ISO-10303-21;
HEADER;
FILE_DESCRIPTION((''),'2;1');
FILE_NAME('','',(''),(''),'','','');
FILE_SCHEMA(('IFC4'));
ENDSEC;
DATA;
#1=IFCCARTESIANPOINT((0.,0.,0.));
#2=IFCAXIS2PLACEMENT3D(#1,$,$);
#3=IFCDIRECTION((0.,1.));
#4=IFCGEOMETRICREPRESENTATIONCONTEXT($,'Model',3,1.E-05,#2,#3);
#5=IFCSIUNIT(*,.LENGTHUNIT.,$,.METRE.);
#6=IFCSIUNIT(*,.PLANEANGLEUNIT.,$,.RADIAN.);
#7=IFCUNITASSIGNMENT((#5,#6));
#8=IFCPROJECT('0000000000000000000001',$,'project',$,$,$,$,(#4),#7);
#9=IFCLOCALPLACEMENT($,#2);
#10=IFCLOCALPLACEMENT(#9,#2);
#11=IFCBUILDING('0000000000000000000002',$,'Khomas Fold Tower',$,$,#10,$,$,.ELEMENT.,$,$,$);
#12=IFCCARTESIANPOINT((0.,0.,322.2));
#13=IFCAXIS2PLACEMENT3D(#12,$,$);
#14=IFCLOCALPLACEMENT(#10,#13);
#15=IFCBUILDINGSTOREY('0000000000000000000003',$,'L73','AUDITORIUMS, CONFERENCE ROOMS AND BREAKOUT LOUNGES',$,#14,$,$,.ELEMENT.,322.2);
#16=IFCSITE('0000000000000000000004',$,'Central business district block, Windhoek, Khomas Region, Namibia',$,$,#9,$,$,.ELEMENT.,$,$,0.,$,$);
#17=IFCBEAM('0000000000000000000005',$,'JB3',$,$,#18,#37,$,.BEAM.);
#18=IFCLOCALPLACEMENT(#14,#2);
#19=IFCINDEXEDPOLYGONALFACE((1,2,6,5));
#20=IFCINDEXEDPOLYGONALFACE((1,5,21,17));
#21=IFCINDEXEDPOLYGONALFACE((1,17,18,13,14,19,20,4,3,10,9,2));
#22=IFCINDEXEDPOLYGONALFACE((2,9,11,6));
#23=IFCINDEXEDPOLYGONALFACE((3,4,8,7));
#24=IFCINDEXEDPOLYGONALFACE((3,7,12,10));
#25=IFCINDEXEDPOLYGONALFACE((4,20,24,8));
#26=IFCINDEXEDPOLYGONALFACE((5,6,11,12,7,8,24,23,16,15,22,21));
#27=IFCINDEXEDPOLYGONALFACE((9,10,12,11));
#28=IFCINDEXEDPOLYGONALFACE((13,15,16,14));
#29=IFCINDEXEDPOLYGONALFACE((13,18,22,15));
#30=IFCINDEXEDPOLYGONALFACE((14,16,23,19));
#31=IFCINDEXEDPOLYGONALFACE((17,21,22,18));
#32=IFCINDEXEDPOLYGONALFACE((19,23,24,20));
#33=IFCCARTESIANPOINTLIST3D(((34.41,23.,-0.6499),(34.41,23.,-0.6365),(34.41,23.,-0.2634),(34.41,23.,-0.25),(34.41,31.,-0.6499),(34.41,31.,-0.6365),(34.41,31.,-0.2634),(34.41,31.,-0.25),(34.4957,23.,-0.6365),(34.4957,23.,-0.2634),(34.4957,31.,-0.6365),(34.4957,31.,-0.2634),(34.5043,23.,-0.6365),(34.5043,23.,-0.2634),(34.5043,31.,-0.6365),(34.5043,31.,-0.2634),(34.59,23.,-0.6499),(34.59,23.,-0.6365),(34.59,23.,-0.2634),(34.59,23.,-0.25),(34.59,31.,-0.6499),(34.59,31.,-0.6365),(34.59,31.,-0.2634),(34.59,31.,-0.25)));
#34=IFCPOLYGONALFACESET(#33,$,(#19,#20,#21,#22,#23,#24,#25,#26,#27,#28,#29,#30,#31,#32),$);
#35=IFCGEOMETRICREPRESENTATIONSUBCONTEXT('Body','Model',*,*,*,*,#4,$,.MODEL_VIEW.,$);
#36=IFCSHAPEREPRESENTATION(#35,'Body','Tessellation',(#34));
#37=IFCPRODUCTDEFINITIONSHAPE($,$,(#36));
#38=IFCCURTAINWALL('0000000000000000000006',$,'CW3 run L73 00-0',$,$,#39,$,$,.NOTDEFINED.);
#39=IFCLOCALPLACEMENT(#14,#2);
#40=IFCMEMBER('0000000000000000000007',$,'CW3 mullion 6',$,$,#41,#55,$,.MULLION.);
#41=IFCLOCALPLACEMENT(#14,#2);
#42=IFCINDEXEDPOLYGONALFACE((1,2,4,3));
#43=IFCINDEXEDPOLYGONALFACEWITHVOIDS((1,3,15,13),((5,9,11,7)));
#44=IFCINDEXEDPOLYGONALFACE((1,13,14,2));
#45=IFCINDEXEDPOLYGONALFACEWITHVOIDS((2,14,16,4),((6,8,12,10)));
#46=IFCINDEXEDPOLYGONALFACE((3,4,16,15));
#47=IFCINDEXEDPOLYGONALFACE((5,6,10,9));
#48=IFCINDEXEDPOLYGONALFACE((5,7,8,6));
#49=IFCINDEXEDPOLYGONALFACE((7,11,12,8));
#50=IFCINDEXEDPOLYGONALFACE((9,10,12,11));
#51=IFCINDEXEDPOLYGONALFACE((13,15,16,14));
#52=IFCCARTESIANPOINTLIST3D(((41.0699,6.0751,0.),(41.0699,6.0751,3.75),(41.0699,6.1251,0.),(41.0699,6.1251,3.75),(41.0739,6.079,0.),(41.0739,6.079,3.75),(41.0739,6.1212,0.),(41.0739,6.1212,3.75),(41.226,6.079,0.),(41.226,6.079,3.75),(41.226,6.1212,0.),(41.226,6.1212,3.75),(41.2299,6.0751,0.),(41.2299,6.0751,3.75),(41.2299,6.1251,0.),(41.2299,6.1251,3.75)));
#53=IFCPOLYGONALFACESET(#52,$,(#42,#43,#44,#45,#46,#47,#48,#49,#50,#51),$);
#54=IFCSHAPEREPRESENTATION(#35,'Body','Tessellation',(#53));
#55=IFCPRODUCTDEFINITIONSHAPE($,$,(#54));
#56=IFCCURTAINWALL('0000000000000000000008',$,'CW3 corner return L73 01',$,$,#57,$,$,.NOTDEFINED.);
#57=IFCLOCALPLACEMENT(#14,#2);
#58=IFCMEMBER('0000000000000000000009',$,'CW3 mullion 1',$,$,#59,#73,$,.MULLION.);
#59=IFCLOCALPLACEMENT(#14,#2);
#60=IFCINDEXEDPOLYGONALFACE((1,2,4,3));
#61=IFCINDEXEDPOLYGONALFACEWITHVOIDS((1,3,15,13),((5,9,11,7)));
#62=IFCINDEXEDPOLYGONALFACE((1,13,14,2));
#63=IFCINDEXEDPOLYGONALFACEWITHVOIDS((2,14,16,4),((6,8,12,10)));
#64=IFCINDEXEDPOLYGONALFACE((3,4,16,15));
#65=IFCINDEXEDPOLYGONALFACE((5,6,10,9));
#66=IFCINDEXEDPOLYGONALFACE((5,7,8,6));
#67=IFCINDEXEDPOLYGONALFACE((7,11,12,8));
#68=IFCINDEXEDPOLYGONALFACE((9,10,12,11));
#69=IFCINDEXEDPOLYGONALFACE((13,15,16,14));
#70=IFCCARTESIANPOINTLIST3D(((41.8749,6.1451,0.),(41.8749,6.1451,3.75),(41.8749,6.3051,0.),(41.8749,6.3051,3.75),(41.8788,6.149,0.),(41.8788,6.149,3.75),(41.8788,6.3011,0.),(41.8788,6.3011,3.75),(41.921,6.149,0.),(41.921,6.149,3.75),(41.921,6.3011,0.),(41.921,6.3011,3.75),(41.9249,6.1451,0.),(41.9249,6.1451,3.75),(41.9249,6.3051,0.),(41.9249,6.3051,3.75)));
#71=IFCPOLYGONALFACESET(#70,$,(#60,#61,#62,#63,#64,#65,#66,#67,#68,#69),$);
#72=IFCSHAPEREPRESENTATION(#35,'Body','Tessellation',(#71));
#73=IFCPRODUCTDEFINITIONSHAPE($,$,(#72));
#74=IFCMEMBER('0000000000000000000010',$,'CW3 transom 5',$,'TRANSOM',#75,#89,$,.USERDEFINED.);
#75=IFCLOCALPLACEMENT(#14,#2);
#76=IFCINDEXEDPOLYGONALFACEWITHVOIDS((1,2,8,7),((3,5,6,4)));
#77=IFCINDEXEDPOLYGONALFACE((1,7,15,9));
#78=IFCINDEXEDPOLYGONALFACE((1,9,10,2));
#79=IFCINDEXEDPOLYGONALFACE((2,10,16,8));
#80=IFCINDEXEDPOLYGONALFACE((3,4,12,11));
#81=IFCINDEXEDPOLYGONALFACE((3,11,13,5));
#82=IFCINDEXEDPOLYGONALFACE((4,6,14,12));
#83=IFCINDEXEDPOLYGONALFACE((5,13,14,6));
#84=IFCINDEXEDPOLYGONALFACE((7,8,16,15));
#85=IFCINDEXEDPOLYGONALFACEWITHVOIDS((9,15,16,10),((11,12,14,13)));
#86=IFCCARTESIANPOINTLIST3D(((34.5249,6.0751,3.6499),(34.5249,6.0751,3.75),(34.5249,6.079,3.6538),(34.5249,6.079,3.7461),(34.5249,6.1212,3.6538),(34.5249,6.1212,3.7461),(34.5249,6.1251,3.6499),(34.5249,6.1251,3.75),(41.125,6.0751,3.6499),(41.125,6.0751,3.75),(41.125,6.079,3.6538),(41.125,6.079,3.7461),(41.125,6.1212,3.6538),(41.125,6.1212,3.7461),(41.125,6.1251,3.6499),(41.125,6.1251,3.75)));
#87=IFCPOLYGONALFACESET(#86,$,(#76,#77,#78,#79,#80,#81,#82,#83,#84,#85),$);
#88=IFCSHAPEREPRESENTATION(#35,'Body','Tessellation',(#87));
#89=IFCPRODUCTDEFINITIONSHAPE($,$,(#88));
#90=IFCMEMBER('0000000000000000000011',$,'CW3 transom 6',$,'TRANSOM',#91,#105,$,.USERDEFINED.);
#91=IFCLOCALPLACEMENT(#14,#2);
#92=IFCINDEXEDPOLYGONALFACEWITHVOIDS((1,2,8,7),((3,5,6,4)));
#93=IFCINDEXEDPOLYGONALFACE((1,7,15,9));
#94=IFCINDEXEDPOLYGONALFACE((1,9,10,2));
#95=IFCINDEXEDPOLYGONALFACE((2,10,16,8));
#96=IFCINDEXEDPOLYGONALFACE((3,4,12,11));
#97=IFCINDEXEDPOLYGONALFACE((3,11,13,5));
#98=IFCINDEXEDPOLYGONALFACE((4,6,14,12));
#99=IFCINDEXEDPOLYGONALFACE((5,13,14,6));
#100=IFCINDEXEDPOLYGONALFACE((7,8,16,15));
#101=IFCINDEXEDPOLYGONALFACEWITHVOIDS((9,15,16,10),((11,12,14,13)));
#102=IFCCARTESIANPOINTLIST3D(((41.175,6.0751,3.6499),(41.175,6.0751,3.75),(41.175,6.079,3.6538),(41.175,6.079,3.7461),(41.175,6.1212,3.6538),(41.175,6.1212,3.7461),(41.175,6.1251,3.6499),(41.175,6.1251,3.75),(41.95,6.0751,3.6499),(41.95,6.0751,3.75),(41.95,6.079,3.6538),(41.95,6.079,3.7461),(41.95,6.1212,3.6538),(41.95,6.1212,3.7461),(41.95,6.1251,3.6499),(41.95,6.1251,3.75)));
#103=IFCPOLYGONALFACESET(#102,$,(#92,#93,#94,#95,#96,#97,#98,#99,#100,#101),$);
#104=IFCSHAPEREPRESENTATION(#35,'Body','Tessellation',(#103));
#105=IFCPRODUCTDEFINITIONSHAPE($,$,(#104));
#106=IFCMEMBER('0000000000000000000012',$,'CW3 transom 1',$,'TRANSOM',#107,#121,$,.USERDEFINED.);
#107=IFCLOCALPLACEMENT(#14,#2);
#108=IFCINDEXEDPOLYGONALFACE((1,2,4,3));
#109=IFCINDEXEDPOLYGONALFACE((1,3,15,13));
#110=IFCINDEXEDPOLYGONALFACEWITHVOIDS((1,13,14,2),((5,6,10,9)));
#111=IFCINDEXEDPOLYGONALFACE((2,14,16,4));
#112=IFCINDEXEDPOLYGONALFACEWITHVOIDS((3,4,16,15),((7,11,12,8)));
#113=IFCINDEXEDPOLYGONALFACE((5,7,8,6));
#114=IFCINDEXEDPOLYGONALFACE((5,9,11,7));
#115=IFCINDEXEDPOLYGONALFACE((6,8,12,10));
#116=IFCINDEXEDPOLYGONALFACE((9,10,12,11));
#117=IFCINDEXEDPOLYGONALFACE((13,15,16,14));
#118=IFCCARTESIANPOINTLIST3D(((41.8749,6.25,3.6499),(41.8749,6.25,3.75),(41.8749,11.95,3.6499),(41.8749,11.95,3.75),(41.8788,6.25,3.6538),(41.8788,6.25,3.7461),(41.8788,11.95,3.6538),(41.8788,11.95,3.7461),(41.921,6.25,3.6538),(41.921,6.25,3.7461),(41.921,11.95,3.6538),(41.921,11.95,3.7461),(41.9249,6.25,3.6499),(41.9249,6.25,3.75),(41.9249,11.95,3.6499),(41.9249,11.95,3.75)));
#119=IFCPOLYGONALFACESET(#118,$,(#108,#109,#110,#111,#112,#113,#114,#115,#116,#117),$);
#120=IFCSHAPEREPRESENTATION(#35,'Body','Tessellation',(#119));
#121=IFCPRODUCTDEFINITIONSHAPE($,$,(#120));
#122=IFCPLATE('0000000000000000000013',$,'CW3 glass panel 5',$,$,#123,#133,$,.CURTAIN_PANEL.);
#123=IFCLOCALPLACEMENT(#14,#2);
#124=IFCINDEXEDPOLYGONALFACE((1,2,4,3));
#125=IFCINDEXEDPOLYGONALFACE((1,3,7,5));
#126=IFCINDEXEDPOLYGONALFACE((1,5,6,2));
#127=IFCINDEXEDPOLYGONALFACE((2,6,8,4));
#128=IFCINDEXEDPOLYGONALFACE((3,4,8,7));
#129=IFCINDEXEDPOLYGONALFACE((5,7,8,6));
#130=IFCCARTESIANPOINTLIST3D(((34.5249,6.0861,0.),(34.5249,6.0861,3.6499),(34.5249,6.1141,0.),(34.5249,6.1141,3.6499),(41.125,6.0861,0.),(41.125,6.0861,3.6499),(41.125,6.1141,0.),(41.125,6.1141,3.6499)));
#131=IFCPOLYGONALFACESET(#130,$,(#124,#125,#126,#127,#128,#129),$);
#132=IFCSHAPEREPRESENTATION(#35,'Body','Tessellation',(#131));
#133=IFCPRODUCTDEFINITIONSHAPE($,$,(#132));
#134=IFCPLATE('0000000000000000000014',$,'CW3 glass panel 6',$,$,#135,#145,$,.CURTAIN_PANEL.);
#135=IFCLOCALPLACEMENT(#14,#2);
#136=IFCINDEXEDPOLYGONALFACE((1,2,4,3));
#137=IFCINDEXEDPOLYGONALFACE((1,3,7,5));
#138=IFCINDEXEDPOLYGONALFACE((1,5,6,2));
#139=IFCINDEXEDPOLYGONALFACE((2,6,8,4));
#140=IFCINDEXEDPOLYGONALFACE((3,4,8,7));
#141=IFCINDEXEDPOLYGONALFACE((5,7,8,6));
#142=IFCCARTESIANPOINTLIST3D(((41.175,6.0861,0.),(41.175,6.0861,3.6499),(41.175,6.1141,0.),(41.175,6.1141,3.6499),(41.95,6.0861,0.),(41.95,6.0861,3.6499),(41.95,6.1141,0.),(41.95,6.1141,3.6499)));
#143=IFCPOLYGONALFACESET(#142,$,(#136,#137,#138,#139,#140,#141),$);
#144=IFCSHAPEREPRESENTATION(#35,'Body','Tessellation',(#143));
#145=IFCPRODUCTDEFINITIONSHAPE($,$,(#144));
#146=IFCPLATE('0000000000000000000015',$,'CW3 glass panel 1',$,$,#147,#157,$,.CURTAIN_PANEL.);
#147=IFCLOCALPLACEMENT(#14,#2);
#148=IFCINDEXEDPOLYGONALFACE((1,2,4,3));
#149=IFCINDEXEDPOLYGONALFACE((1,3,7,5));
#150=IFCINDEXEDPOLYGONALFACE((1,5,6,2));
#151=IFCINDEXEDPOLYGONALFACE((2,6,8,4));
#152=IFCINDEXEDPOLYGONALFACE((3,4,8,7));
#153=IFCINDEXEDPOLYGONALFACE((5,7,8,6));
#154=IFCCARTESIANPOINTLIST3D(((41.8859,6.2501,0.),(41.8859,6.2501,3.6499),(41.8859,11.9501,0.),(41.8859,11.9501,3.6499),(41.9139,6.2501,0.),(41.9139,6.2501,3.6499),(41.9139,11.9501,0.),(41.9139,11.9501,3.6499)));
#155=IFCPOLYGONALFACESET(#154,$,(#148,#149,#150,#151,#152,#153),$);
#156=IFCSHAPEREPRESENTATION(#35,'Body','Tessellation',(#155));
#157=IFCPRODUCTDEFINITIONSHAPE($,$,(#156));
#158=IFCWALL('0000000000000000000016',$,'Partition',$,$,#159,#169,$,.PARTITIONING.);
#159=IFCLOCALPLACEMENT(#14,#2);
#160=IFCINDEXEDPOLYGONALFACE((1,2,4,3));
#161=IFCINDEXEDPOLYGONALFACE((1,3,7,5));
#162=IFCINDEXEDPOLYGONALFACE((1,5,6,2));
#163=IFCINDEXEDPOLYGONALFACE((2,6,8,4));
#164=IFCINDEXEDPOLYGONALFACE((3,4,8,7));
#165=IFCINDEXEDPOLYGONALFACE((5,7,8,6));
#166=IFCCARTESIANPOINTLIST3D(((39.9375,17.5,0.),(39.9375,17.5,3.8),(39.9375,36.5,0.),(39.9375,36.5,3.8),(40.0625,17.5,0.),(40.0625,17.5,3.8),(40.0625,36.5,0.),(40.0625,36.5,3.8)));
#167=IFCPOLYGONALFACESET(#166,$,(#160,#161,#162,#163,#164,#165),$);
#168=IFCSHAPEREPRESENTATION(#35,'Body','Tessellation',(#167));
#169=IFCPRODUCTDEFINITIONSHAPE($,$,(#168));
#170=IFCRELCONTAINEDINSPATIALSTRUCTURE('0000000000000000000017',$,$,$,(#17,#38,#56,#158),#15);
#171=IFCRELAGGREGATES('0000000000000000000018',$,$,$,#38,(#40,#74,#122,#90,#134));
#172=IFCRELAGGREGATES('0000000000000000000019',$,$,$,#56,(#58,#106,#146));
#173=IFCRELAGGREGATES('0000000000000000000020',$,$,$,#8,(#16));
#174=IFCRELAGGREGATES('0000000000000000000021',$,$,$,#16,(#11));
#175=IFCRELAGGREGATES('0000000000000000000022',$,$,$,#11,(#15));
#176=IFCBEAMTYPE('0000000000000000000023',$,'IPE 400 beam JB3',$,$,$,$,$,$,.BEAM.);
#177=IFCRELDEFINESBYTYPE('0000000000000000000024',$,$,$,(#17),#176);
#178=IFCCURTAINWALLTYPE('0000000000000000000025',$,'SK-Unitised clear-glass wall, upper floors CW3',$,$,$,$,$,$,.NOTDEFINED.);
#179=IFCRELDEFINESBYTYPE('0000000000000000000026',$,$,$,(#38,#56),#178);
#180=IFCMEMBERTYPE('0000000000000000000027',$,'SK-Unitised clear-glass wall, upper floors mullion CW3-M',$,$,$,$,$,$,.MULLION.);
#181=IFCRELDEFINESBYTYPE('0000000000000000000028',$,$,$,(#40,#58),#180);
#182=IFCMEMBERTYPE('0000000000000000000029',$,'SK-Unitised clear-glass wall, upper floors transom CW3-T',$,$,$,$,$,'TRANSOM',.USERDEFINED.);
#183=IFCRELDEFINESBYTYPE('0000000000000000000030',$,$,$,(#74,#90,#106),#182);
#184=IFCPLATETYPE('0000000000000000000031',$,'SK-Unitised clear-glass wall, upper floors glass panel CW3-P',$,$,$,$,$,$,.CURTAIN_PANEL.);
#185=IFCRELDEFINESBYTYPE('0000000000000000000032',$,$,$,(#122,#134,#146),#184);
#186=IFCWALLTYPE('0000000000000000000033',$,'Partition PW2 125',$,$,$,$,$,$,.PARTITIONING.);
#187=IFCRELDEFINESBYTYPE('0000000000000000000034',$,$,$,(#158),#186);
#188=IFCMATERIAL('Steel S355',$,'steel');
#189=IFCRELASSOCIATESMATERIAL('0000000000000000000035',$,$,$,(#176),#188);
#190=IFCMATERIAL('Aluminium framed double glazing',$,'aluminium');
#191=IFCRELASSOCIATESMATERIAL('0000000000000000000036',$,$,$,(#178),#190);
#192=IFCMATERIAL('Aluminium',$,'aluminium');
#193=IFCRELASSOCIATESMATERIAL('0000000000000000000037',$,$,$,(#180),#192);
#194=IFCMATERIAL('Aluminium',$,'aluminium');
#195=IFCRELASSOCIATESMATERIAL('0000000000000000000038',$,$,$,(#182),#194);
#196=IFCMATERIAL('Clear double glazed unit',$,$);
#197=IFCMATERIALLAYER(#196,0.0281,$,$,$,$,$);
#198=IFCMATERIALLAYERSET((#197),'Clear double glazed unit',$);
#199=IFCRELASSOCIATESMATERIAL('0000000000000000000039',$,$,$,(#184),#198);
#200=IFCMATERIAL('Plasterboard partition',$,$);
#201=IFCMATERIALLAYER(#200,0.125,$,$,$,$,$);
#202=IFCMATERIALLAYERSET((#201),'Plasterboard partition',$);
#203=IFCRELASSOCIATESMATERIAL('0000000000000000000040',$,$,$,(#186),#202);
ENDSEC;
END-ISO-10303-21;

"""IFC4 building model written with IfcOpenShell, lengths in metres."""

from ifc_helpers import new_model, si_unit, direction, frame, frame_2d, origin, origin_2d, place, context, subcontext, project, spatial, rectangle, hollow_rectangle, i_section, extrude, source, transform, mapped, material, layer, layer_set, material_profile, profile_set, type_object, element, aggregate, save


model = new_model("IFC4")

# Units and contexts
model_context = context("Model", 3, precision=1e-05, world=origin(), true_north=direction((0.0, 1.0)))
body_context = subcontext(model_context, "Body", "Model", "MODEL_VIEW")
ifc_project = project(units=[si_unit("LENGTHUNIT", "METRE"), si_unit("PLANEANGLEUNIT", "RADIAN")], contexts=[model_context])

# Site, building, storey
site_placement = place(None, origin())
site = spatial("IfcSite", under=ifc_project, at=site_placement, Name="Central business district block, Windhoek, Khomas Region, Namibia", CompositionType="ELEMENT", RefElevation=0.0)
building_placement = place(site_placement, origin())
building = spatial("IfcBuilding", under=site, at=building_placement, Name="Khomas Fold Tower", CompositionType="ELEMENT")
storey_placement = place(building_placement, frame((0.0, 0.0, 322.2)))
storey = spatial("IfcBuildingStorey", under=building, at=storey_placement, Name="L73", Description="AUDITORIUMS, CONFERENCE ROOMS AND BREAKOUT LOUNGES", CompositionType="ELEMENT", Elevation=322.2)

# Beam
ifc_material_1 = material(Name="Steel S355", Category="steel")
ifc_material_profile_1 = material_profile(ifc_material_1, i_section(OverallWidth=0.1799, OverallDepth=0.3999, WebThickness=0.0085, FlangeThickness=0.0134, at=origin_2d()), Name="IPE 400")
ifc_profile_set_1 = profile_set([ifc_material_profile_1], Name="Steel S355")
beam_type_1 = type_object("IfcBeamType", Name="IPE 400 beam JB3", PredefinedType="BEAM", material=ifc_profile_set_1)
shared_shape_1 = source(origin(), body_context, "Body", "SweptSolid", [
    extrude(i_section(OverallWidth=0.1799, OverallDepth=0.3999, WebThickness=0.0085, FlangeThickness=0.0134, at=origin_2d()), origin(), (0.0, 0.0, 1.0), 8.0),
])
for number, where, z_axis, x_axis, name in (
    (1, (34.5, 23.0, -0.45), (0.0, 1.0, 0.0), (-1.0, 0.0, 0.0), "JB3"),
):
    element("IfcBeam", number, at=place(storey_placement, frame(where, z_axis=z_axis, x_axis=x_axis)), inside=storey, type_object=beam_type_1, Name=name, PredefinedType="BEAM", context=body_context, shape_type="MappedRepresentation", body=[
        mapped(shared_shape_1, transform((0.0, 0.0, 0.0))),
    ])

# Curtain walls, members
ifc_material_2 = material(Name="Aluminium framed double glazing", Category="aluminium")
curtain_wall_type = type_object("IfcCurtainWallType", Name="SK-Unitised clear-glass wall, upper floors CW3", PredefinedType="NOTDEFINED", material=ifc_material_2)
curtain_wall_1_placement = place(storey_placement, origin())
curtain_wall_1 = element("IfcCurtainWall", 2, at=curtain_wall_1_placement, inside=storey, type_object=curtain_wall_type, Name="CW3 run L73 00-0", PredefinedType="NOTDEFINED")
ifc_material_3 = material(Name="Aluminium", Category="aluminium")
ifc_material_profile_2 = material_profile(ifc_material_3, hollow_rectangle(XDim=0.05, YDim=0.1599, WallThickness=0.0039, at=origin_2d()), Name="SK-Unitised clear-glass wall, upper floors mullion CW3-M")
ifc_profile_set_2 = profile_set([ifc_material_profile_2], Name="Aluminium")
member_type_1 = type_object("IfcMemberType", Name="SK-Unitised clear-glass wall, upper floors mullion CW3-M", PredefinedType="MULLION", material=ifc_profile_set_2)
shared_shape_2 = source(origin(), body_context, "Body", "SweptSolid", [
    extrude(hollow_rectangle(XDim=0.05, YDim=0.1599, WallThickness=0.0039, at=origin_2d()), origin(), (0.0, 0.0, 1.0), 3.75),
])
member_1_placement = place(storey_placement, frame((41.1499, 6.1001, 0.0), z_axis=(0.0, 0.0, 1.0), x_axis=(0.0, 1.0, 0.0)))
member_1 = element("IfcMember", 3, at=member_1_placement, type_object=member_type_1, Name="CW3 mullion 6", PredefinedType="MULLION", context=body_context, shape_type="MappedRepresentation", body=[
    mapped(shared_shape_2, transform((0.0, 0.0, 0.0))),
])
curtain_wall_2_placement = place(storey_placement, origin())
curtain_wall_2 = element("IfcCurtainWall", 4, at=curtain_wall_2_placement, inside=storey, type_object=curtain_wall_type, Name="CW3 corner return L73 01", PredefinedType="NOTDEFINED")
member_2_placement = place(storey_placement, frame((41.8999, 6.2251, 0.0), z_axis=(0.0, 0.0, 1.0), x_axis=(-1.0, 0.0, 0.0)))
member_2 = element("IfcMember", 5, at=member_2_placement, type_object=member_type_1, Name="CW3 mullion 1", PredefinedType="MULLION", context=body_context, shape_type="MappedRepresentation", body=[
    mapped(shared_shape_2, transform((0.0, 0.0, 0.0))),
])

# Members
ifc_material_4 = material(Name="Aluminium", Category="aluminium")
ifc_material_profile_3 = material_profile(ifc_material_4, hollow_rectangle(XDim=0.05, YDim=0.1001, WallThickness=0.0039, at=origin_2d()), Name="SK-Unitised clear-glass wall, upper floors transom CW3-T")
ifc_profile_set_3 = profile_set([ifc_material_profile_3], Name="Aluminium")
member_type_2 = type_object("IfcMemberType", Name="SK-Unitised clear-glass wall, upper floors transom CW3-T", ElementType="TRANSOM", PredefinedType="USERDEFINED", material=ifc_profile_set_3)
shared_shape_3 = source(origin(), body_context, "Body", "SweptSolid", [
    extrude(hollow_rectangle(XDim=0.05, YDim=0.1001, WallThickness=0.0039, at=origin_2d()), origin(), (0.0, 0.0, 1.0), 6.6001),
])
member_3_placement = place(storey_placement, frame((34.5249, 6.1001, 3.7), z_axis=(1.0, 0.0, 0.0), x_axis=(0.0, 1.0, 0.0)))
member_3 = element("IfcMember", 6, at=member_3_placement, type_object=member_type_2, Name="CW3 transom 5", ObjectType="TRANSOM", PredefinedType="USERDEFINED", context=body_context, shape_type="MappedRepresentation", body=[
    mapped(shared_shape_3, transform((0.0, 0.0, 0.0))),
])
shared_shape_4 = source(origin(), body_context, "Body", "SweptSolid", [
    extrude(hollow_rectangle(XDim=0.05, YDim=0.1001, WallThickness=0.0039, at=origin_2d()), origin(), (0.0, 0.0, 1.0), 0.7749),
])
member_4_placement = place(storey_placement, frame((41.175, 6.1001, 3.7), z_axis=(1.0, 0.0, 0.0), x_axis=(0.0, 1.0, 0.0)))
member_4 = element("IfcMember", 7, at=member_4_placement, type_object=member_type_2, Name="CW3 transom 6", ObjectType="TRANSOM", PredefinedType="USERDEFINED", context=body_context, shape_type="MappedRepresentation", body=[
    mapped(shared_shape_4, transform((0.0, 0.0, 0.0))),
])
shared_shape_5 = source(origin(), body_context, "Body", "SweptSolid", [
    extrude(hollow_rectangle(XDim=0.05, YDim=0.1001, WallThickness=0.0039, at=origin_2d()), origin(), (0.0, 0.0, 1.0), 5.7),
])
member_5_placement = place(storey_placement, frame((41.8999, 6.25, 3.7), z_axis=(0.0, 1.0, 0.0), x_axis=(-1.0, 0.0, 0.0)))
member_5 = element("IfcMember", 8, at=member_5_placement, type_object=member_type_2, Name="CW3 transom 1", ObjectType="TRANSOM", PredefinedType="USERDEFINED", context=body_context, shape_type="MappedRepresentation", body=[
    mapped(shared_shape_5, transform((0.0, 0.0, 0.0))),
])

# Plates
ifc_material_5 = material(Name="Clear double glazed unit")
ifc_layer_1 = layer(ifc_material_5, 0.0281)
ifc_layer_set_1 = layer_set([ifc_layer_1], Name="Clear double glazed unit")
plate_type = type_object("IfcPlateType", Name="SK-Unitised clear-glass wall, upper floors glass panel CW3-P", PredefinedType="CURTAIN_PANEL", material=ifc_layer_set_1)
shared_shape_6 = source(origin(), body_context, "Body", "SweptSolid", [
    extrude(rectangle(XDim=6.6001, YDim=0.0281, at=origin_2d()), origin(), (0.0, 0.0, 1.0), 3.6499),
])
plate_1_placement = place(storey_placement, frame((37.825, 6.1001, 0.0), z_axis=(0.0, 0.0, 1.0), x_axis=(1.0, 0.0, 0.0)))
plate_1 = element("IfcPlate", 9, at=plate_1_placement, type_object=plate_type, Name="CW3 glass panel 5", PredefinedType="CURTAIN_PANEL", context=body_context, shape_type="MappedRepresentation", body=[
    mapped(shared_shape_6, transform((0.0, 0.0, 0.0))),
])
shared_shape_7 = source(origin(), body_context, "Body", "SweptSolid", [
    extrude(rectangle(XDim=0.7749, YDim=0.0281, at=origin_2d()), origin(), (0.0, 0.0, 1.0), 3.6499),
])
plate_2_placement = place(storey_placement, frame((41.5625, 6.1001, 0.0), z_axis=(0.0, 0.0, 1.0), x_axis=(1.0, 0.0, 0.0)))
plate_2 = element("IfcPlate", 10, at=plate_2_placement, type_object=plate_type, Name="CW3 glass panel 6", PredefinedType="CURTAIN_PANEL", context=body_context, shape_type="MappedRepresentation", body=[
    mapped(shared_shape_7, transform((0.0, 0.0, 0.0))),
])
aggregate(curtain_wall_1, [member_1, member_3, plate_1, member_4, plate_2])
shared_shape_8 = source(origin(), body_context, "Body", "SweptSolid", [
    extrude(rectangle(XDim=5.7, YDim=0.0281, at=origin_2d()), origin(), (0.0, 0.0, 1.0), 3.6499),
])
plate_3_placement = place(storey_placement, frame((41.8999, 9.1001, 0.0), z_axis=(0.0, 0.0, 1.0), x_axis=(0.0, 1.0, 0.0)))
plate_3 = element("IfcPlate", 11, at=plate_3_placement, type_object=plate_type, Name="CW3 glass panel 1", PredefinedType="CURTAIN_PANEL", context=body_context, shape_type="MappedRepresentation", body=[
    mapped(shared_shape_8, transform((0.0, 0.0, 0.0))),
])
aggregate(curtain_wall_2, [member_2, member_5, plate_3])

# Wall
ifc_material_6 = material(Name="Plasterboard partition")
ifc_layer_2 = layer(ifc_material_6, 0.125)
ifc_layer_set_2 = layer_set([ifc_layer_2], Name="Plasterboard partition")
wall_type = type_object("IfcWallType", Name="Partition PW2 125", PredefinedType="PARTITIONING", material=ifc_layer_set_2)
shared_shape_9 = source(origin(), body_context, "Body", "SweptSolid", [
    extrude(rectangle(XDim=19.0, YDim=0.125, at=frame_2d((9.5, 0.0))), origin(), (0.0, 0.0, 1.0), 3.8),
])
wall_placement = place(storey_placement, frame((40.0, 17.5, 0.0), z_axis=(0.0, 0.0, 1.0), x_axis=(0.0, 1.0, 0.0)))
element("IfcWall", 12, at=wall_placement, inside=storey, type_object=wall_type, Name="Partition", PredefinedType="PARTITIONING", context=body_context, shape_type="MappedRepresentation", body=[
    mapped(shared_shape_9, transform((0.0, 0.0, 0.0))),
])

save(model, "model.ifc")
